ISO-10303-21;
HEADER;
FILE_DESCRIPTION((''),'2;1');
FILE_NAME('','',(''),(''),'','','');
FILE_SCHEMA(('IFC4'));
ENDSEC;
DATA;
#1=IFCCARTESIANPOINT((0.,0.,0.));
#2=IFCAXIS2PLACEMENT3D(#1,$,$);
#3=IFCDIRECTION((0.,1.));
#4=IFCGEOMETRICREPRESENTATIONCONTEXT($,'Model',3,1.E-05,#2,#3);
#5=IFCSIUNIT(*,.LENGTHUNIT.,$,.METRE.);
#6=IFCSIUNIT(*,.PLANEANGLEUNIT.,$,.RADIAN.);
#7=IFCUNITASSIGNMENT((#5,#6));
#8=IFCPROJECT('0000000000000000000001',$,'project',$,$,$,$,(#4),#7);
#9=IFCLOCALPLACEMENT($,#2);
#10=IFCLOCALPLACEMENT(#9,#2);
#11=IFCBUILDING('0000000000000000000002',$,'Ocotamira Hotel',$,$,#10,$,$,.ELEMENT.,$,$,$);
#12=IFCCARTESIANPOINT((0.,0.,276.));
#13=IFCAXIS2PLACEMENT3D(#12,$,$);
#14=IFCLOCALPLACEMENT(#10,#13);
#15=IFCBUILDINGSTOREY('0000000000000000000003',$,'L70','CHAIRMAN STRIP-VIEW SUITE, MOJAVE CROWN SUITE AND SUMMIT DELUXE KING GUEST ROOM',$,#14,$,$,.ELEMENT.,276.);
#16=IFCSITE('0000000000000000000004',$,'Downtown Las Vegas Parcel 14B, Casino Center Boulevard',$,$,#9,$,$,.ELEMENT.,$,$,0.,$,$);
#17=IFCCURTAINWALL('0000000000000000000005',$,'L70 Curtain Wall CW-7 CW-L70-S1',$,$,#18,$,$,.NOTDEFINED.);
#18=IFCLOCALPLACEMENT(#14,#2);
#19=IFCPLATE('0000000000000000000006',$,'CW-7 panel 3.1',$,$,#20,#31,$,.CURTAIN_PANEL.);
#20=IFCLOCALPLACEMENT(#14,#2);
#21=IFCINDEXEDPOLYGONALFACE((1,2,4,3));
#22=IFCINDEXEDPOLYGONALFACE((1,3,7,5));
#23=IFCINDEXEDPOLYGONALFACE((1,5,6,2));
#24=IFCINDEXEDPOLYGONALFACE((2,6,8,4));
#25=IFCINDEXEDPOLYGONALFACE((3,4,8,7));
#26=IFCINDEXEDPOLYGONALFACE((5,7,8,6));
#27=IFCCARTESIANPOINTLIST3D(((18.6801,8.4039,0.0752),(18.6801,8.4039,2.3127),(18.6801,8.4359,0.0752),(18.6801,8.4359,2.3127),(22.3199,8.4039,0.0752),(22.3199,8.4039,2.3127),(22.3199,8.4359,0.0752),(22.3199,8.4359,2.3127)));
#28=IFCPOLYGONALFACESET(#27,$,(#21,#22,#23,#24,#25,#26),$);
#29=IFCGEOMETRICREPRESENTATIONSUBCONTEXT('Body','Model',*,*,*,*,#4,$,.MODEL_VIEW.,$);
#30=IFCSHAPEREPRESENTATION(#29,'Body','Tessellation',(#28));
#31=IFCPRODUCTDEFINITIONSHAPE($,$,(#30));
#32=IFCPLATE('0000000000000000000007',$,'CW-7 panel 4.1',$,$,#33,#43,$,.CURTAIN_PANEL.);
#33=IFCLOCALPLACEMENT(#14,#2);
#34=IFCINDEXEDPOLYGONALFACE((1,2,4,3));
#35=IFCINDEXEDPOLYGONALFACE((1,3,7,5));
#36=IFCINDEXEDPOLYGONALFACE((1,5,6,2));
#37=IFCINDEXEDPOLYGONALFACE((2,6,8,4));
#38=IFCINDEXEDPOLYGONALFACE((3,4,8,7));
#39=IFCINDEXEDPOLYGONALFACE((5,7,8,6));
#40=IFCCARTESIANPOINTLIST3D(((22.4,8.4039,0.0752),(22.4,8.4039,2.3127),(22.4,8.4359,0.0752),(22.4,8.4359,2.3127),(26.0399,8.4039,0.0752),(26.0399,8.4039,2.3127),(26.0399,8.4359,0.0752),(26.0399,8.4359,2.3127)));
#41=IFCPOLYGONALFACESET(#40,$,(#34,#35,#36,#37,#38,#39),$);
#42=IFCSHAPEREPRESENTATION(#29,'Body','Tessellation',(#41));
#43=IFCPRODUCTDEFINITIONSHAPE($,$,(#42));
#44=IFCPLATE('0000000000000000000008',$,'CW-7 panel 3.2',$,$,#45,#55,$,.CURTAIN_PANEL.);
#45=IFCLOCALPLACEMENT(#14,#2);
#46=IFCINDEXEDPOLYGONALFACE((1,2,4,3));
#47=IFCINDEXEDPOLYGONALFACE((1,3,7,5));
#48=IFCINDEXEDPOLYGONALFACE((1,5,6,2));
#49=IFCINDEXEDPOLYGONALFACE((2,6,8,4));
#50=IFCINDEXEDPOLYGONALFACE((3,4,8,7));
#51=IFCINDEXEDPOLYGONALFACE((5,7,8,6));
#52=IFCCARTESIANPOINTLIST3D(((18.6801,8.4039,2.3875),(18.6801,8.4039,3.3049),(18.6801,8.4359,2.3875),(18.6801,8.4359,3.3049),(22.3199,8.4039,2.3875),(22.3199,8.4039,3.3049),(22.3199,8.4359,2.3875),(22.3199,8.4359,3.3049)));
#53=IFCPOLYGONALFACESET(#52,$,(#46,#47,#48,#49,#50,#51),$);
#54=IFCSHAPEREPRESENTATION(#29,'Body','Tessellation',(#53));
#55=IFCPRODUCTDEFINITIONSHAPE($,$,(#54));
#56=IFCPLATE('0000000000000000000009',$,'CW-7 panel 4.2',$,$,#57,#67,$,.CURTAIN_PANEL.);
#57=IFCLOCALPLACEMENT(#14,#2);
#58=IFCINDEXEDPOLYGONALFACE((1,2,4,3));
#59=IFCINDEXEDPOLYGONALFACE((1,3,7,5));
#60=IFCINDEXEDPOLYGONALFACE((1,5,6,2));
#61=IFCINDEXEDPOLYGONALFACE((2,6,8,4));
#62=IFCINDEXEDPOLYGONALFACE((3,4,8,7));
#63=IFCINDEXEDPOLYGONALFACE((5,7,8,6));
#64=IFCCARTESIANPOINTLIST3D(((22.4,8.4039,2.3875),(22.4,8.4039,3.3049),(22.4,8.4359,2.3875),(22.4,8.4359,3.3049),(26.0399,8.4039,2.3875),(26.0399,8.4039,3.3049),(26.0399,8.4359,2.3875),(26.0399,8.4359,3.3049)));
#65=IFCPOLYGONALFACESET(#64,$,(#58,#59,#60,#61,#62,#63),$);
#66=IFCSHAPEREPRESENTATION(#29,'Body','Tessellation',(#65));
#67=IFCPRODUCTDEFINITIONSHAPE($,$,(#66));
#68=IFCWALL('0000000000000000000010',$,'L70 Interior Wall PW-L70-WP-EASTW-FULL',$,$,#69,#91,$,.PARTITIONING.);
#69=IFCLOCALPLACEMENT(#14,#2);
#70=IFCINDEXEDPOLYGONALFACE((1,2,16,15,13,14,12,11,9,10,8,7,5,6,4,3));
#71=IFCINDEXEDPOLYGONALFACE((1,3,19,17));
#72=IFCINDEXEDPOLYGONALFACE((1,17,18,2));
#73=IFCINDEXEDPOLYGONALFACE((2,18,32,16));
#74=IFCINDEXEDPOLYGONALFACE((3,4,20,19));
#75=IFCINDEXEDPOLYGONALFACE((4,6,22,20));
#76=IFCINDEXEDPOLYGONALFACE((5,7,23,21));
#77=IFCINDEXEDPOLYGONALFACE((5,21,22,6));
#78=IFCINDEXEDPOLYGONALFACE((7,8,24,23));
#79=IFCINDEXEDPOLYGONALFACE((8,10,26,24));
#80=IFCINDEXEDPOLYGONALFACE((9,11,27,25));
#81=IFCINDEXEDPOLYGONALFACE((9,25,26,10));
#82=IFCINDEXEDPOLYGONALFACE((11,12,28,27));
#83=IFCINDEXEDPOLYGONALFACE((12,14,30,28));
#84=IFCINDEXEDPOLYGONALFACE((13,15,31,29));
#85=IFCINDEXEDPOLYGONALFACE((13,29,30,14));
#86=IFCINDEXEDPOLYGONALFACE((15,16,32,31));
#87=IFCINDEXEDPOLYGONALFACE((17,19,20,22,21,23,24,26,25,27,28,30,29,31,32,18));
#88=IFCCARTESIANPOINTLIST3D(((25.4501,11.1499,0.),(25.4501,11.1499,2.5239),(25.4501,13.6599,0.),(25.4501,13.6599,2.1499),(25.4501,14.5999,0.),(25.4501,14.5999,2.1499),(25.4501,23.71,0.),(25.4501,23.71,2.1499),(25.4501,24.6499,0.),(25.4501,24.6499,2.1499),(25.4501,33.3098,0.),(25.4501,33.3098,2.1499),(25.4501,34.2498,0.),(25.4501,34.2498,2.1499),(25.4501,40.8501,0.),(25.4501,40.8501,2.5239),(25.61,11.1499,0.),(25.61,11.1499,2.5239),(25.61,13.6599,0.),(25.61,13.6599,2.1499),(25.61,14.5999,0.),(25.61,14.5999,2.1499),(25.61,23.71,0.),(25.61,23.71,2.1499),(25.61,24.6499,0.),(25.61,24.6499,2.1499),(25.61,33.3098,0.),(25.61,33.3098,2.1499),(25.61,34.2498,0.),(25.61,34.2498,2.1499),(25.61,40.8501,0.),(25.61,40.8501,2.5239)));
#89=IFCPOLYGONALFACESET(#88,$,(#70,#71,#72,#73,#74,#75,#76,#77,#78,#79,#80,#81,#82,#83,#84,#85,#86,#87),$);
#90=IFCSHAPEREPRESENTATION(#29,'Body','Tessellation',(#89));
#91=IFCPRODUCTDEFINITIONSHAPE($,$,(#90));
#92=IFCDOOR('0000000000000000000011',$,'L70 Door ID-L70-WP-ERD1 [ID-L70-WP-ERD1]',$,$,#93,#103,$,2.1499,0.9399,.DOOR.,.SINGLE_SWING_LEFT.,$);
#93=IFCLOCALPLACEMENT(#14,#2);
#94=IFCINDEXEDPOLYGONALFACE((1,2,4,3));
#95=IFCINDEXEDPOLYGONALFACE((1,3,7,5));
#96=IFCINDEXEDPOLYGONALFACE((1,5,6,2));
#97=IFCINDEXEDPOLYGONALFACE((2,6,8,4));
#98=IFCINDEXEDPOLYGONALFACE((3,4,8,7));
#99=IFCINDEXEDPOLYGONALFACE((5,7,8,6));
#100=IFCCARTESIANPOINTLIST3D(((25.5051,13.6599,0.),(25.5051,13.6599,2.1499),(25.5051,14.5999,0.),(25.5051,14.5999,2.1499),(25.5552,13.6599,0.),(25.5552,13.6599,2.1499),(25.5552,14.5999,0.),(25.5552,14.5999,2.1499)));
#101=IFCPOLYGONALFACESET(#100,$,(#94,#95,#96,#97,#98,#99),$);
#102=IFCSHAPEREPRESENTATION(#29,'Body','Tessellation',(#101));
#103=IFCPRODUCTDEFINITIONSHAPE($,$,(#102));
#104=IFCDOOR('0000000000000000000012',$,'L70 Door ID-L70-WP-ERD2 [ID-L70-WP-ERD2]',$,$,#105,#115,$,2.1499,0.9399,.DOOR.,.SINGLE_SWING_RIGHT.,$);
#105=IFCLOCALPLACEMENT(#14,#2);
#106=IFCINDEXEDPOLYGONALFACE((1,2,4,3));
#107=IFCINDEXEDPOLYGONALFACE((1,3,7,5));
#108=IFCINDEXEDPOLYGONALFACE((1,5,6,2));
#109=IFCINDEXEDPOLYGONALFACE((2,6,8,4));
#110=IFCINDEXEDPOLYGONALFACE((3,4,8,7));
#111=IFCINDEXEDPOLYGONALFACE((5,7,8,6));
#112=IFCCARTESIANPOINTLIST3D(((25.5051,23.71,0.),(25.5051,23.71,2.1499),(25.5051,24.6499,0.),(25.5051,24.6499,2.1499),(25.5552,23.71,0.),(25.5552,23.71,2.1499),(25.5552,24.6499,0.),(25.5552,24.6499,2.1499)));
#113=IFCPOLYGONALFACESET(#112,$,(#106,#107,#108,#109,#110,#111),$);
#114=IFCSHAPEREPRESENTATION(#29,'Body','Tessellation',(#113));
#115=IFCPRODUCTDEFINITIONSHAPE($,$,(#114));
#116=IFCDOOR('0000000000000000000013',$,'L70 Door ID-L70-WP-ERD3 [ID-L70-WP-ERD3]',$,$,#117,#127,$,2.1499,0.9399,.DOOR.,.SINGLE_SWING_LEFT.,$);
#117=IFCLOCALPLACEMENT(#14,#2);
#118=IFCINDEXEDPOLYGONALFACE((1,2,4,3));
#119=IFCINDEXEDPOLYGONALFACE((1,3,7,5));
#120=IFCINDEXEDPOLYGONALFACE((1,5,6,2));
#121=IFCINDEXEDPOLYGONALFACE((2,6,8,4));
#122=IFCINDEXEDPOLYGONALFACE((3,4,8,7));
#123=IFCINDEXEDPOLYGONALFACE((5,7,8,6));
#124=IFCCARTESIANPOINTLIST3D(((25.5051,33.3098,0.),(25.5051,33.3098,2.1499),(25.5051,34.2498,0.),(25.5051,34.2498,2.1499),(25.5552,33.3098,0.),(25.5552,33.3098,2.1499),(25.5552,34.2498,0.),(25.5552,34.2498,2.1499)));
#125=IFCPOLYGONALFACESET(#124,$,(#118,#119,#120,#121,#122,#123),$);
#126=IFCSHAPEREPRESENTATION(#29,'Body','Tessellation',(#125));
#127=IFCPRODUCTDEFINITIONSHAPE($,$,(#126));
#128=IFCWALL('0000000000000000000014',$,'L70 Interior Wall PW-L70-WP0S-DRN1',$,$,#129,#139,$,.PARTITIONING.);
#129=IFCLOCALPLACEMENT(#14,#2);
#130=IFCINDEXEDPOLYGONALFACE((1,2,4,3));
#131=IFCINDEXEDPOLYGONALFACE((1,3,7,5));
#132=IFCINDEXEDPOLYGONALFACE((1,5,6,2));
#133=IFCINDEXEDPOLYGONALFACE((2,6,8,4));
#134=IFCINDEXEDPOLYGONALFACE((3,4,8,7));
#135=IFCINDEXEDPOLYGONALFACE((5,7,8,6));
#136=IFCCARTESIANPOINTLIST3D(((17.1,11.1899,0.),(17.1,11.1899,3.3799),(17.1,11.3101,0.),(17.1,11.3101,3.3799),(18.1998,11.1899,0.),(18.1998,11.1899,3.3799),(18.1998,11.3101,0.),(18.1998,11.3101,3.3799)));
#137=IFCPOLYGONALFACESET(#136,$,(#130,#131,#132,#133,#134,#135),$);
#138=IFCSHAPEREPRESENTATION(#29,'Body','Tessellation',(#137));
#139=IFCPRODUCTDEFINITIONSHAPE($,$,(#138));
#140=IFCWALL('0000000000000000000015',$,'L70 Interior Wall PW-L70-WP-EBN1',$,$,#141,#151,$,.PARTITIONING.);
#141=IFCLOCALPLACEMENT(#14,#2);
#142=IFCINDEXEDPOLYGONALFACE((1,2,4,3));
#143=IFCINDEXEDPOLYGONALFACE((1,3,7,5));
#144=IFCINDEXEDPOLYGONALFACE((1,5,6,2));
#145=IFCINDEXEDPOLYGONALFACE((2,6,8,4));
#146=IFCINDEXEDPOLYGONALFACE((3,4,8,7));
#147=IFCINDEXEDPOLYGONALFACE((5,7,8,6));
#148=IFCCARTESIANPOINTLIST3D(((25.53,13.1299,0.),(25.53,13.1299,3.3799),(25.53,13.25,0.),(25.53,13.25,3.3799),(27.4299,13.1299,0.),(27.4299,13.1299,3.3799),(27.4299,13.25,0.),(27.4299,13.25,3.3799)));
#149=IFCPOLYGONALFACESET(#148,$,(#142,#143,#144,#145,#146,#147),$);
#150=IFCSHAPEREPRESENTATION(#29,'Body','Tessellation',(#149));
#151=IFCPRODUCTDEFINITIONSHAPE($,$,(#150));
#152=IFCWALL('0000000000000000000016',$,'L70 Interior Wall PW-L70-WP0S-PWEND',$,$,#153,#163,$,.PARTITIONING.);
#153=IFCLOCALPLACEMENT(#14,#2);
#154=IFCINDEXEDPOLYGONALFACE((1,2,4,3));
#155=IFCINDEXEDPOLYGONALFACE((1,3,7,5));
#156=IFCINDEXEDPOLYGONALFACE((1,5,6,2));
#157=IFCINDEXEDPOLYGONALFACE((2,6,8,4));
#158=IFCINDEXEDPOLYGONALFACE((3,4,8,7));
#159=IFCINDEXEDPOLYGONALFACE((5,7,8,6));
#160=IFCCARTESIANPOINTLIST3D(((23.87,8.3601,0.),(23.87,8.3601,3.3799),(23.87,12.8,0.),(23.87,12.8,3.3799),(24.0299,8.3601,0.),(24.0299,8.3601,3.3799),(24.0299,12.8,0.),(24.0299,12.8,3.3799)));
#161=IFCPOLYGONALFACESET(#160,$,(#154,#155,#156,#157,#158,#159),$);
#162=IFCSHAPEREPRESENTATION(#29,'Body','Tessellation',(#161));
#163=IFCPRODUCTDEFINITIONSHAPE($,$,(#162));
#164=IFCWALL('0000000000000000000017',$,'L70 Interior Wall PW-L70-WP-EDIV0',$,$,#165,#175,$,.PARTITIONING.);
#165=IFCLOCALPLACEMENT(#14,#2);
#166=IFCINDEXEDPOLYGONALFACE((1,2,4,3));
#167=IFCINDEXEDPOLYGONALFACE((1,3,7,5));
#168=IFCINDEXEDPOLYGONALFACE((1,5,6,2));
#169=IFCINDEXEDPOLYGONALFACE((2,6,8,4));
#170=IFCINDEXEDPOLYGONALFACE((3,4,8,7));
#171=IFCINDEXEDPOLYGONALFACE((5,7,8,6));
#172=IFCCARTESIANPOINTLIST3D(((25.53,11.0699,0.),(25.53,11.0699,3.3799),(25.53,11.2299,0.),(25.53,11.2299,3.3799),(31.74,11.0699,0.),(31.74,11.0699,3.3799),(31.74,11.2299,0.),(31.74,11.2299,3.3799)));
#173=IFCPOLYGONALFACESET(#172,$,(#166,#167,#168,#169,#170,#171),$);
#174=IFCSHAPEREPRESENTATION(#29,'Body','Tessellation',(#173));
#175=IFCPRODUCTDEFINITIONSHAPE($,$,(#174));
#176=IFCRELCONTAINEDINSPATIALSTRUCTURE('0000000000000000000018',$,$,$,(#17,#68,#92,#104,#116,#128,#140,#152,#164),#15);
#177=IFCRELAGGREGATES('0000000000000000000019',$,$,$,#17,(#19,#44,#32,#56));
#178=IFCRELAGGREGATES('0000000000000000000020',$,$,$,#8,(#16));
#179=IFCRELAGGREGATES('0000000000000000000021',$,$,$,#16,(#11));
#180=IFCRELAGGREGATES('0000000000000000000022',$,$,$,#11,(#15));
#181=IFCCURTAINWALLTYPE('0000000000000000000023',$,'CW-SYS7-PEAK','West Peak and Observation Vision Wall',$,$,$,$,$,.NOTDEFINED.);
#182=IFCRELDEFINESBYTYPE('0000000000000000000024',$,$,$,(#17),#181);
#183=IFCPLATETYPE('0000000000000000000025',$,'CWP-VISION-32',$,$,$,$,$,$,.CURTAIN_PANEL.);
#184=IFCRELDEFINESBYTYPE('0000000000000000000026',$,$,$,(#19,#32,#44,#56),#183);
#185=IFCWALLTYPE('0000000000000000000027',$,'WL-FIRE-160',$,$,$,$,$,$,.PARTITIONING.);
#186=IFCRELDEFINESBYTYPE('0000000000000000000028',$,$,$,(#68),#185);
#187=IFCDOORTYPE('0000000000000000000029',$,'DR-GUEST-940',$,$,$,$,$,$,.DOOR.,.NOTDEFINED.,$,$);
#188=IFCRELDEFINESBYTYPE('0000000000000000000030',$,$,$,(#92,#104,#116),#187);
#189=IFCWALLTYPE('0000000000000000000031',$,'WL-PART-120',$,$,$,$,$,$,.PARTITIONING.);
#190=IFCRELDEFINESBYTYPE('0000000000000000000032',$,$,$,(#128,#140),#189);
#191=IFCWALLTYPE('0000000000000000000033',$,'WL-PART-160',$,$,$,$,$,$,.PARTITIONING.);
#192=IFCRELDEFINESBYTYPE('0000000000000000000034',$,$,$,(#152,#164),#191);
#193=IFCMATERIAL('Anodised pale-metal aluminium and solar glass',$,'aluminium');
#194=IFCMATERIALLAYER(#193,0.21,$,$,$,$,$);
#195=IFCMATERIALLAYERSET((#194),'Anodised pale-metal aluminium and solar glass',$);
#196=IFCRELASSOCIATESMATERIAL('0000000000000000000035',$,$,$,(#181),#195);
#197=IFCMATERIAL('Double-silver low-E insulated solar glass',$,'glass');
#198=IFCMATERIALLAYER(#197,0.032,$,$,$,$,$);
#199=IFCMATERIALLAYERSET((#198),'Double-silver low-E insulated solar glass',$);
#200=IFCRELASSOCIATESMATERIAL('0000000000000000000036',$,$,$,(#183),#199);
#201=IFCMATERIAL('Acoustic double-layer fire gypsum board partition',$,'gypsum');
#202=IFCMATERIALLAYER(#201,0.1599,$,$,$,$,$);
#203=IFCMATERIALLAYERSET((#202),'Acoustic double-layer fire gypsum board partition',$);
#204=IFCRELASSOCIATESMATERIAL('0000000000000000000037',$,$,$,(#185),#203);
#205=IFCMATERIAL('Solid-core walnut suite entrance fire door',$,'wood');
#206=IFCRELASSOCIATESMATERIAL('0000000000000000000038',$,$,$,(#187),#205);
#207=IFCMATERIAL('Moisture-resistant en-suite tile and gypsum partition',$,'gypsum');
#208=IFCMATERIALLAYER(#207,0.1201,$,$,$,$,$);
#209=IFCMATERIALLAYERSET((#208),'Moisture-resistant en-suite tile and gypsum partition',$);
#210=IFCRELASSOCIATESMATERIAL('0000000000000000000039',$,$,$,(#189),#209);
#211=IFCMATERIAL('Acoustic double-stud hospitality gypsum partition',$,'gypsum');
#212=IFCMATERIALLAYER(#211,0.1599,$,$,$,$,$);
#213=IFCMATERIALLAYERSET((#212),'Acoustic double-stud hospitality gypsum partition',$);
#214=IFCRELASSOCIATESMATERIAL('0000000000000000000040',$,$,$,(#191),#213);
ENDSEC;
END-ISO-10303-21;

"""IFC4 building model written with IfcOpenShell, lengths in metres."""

from ifc_helpers import new_model, si_unit, direction, frame, frame_2d, origin, origin_2d, place, context, subcontext, project, spatial, rectangle, extrude, source, transform, mapped, material, layer, layer_set, type_object, element, fill, aggregate, save


model = new_model("IFC4")

# Units and contexts
model_context = context("Model", 3, precision=1e-05, world=origin(), true_north=direction((0.0, 1.0)))
body_context = subcontext(model_context, "Body", "Model", "MODEL_VIEW")
ifc_project = project(units=[si_unit("LENGTHUNIT", "METRE"), si_unit("PLANEANGLEUNIT", "RADIAN")], contexts=[model_context])

# Site, building, storey
site_placement = place(None, origin())
site = spatial("IfcSite", under=ifc_project, at=site_placement, Name="Downtown Las Vegas Parcel 14B, Casino Center Boulevard", CompositionType="ELEMENT", RefElevation=0.0)
building_placement = place(site_placement, origin())
building = spatial("IfcBuilding", under=site, at=building_placement, Name="Ocotamira Hotel", CompositionType="ELEMENT")
storey_placement = place(building_placement, frame((0.0, 0.0, 276.0)))
storey = spatial("IfcBuildingStorey", under=building, at=storey_placement, Name="L70", Description="CHAIRMAN STRIP-VIEW SUITE, MOJAVE CROWN SUITE AND SUMMIT DELUXE KING GUEST ROOM", CompositionType="ELEMENT", Elevation=276.0)

# Curtain wall, plates
ifc_material_1 = material(Name="Anodised pale-metal aluminium and solar glass", Category="aluminium")
ifc_layer_1 = layer(ifc_material_1, 0.21)
ifc_layer_set_1 = layer_set([ifc_layer_1], Name="Anodised pale-metal aluminium and solar glass")
curtain_wall_type = type_object("IfcCurtainWallType", Name="CW-SYS7-PEAK", Description="West Peak and Observation Vision Wall", PredefinedType="NOTDEFINED", material=ifc_layer_set_1)
curtain_wall_placement = place(storey_placement, origin())
curtain_wall = element("IfcCurtainWall", 1, at=curtain_wall_placement, inside=storey, type_object=curtain_wall_type, Name="L70 Curtain Wall CW-7 CW-L70-S1", PredefinedType="NOTDEFINED")
ifc_material_2 = material(Name="Double-silver low-E insulated solar glass", Category="glass")
ifc_layer_2 = layer(ifc_material_2, 0.032)
ifc_layer_set_2 = layer_set([ifc_layer_2], Name="Double-silver low-E insulated solar glass")
plate_type = type_object("IfcPlateType", Name="CWP-VISION-32", PredefinedType="CURTAIN_PANEL", material=ifc_layer_set_2)
shared_shape_1 = source(origin(), body_context, "Body", "SweptSolid", [
    extrude(rectangle(XDim=3.6399, YDim=0.032, at=origin_2d()), origin(), (0.0, 0.0, 1.0), 2.2375),
])
plate_1_placement = place(storey_placement, frame((20.5, 8.4199, 0.0752), z_axis=(0.0, 0.0, 1.0), x_axis=(1.0, 0.0, 0.0)))
plate_1 = element("IfcPlate", 2, at=plate_1_placement, type_object=plate_type, Name="CW-7 panel 3.1", PredefinedType="CURTAIN_PANEL", context=body_context, shape_type="MappedRepresentation", body=[
    mapped(shared_shape_1, transform((0.0, 0.0, 0.0), scale=1.0)),
])
plate_2_placement = place(storey_placement, frame((24.22, 8.4199, 0.0752), z_axis=(0.0, 0.0, 1.0), x_axis=(1.0, 0.0, 0.0)))
plate_2 = element("IfcPlate", 3, at=plate_2_placement, type_object=plate_type, Name="CW-7 panel 4.1", PredefinedType="CURTAIN_PANEL", context=body_context, shape_type="MappedRepresentation", body=[
    mapped(shared_shape_1, transform((0.0, 0.0, 0.0), scale=1.0)),
])
shared_shape_2 = source(origin(), body_context, "Body", "SweptSolid", [
    extrude(rectangle(XDim=3.6399, YDim=0.032, at=origin_2d()), origin(), (0.0, 0.0, 1.0), 0.9175),
])
plate_3_placement = place(storey_placement, frame((20.5, 8.4199, 2.3875), z_axis=(0.0, 0.0, 1.0), x_axis=(1.0, 0.0, 0.0)))
plate_3 = element("IfcPlate", 4, at=plate_3_placement, type_object=plate_type, Name="CW-7 panel 3.2", PredefinedType="CURTAIN_PANEL", context=body_context, shape_type="MappedRepresentation", body=[
    mapped(shared_shape_2, transform((0.0, 0.0, 0.0), scale=1.0)),
])
plate_4_placement = place(storey_placement, frame((24.22, 8.4199, 2.3875), z_axis=(0.0, 0.0, 1.0), x_axis=(1.0, 0.0, 0.0)))
plate_4 = element("IfcPlate", 5, at=plate_4_placement, type_object=plate_type, Name="CW-7 panel 4.2", PredefinedType="CURTAIN_PANEL", context=body_context, shape_type="MappedRepresentation", body=[
    mapped(shared_shape_2, transform((0.0, 0.0, 0.0), scale=1.0)),
])
aggregate(curtain_wall, [plate_1, plate_3, plate_2, plate_4])

# Wall, openings, doors
ifc_material_3 = material(Name="Acoustic double-layer fire gypsum board partition", Category="gypsum")
ifc_layer_3 = layer(ifc_material_3, 0.1599)
ifc_layer_set_3 = layer_set([ifc_layer_3], Name="Acoustic double-layer fire gypsum board partition")
wall_type_1 = type_object("IfcWallType", Name="WL-FIRE-160", PredefinedType="PARTITIONING", material=ifc_layer_set_3)
wall_1_placement = place(storey_placement, frame((25.53, 11.1499, 0.0), z_axis=(0.0, 0.0, 1.0), x_axis=(0.0, 1.0, 0.0)))
wall_1 = element("IfcWall", 6, at=wall_1_placement, inside=storey, type_object=wall_type_1, Name="L70 Interior Wall PW-L70-WP-EASTW-FULL", PredefinedType="PARTITIONING", context=body_context, shape_type="SweptSolid", body=[
    extrude(rectangle(XDim=29.7002, YDim=0.1599, at=frame_2d((14.8501, 0.0))), origin(), (0.0, 0.0, 1.0), 2.5239),
])
opening_1_placement = place(wall_1_placement, frame((2.51, 0.0, 0.0)))
opening_1 = element("IfcOpeningElement", 7, at=opening_1_placement, cuts=wall_1, PredefinedType="OPENING", context=body_context, shape_type="SweptSolid", body=[
    extrude(rectangle(XDim=0.9399, YDim=2.1499, at=frame_2d((0.47, 1.075))), frame((0.0, 0.0898, 0.0), z_axis=(0.0, -1.0, 0.0), x_axis=(1.0, 0.0, 0.0)), (0.0, 0.0, 1.0), 0.1799),
])
opening_2_placement = place(wall_1_placement, frame((12.5601, 0.0, 0.0)))
opening_2 = element("IfcOpeningElement", 8, at=opening_2_placement, cuts=wall_1, PredefinedType="OPENING", context=body_context, shape_type="SweptSolid", body=[
    extrude(rectangle(XDim=0.9399, YDim=2.1499, at=frame_2d((0.47, 1.075))), frame((0.0, 0.0898, 0.0), z_axis=(0.0, -1.0, 0.0), x_axis=(1.0, 0.0, 0.0)), (0.0, 0.0, 1.0), 0.1799),
])
opening_3_placement = place(wall_1_placement, frame((22.1599, 0.0, 0.0)))
opening_3 = element("IfcOpeningElement", 9, at=opening_3_placement, cuts=wall_1, PredefinedType="OPENING", context=body_context, shape_type="SweptSolid", body=[
    extrude(rectangle(XDim=0.9399, YDim=2.1499, at=frame_2d((0.47, 1.075))), frame((0.0, 0.0898, 0.0), z_axis=(0.0, -1.0, 0.0), x_axis=(1.0, 0.0, 0.0)), (0.0, 0.0, 1.0), 0.1799),
])
ifc_material_4 = material(Name="Solid-core walnut suite entrance fire door", Category="wood")
door_type = type_object("IfcDoorType", Name="DR-GUEST-940", OperationType="NOTDEFINED", PredefinedType="DOOR", material=ifc_material_4)
shared_shape_3 = source(origin(), body_context, "Body", "SweptSolid", [
    extrude(rectangle(XDim=0.9399, YDim=2.1499, at=frame_2d((0.47, 1.075))), frame((0.0, 0.0249, 0.0), z_axis=(0.0, -1.0, 0.0), x_axis=(1.0, 0.0, 0.0)), (0.0, 0.0, 1.0), 0.05),
])
door_1_placement = place(opening_1_placement, origin())
door_1 = element("IfcDoor", 10, at=door_1_placement, inside=storey, type_object=door_type, Name="L70 Door ID-L70-WP-ERD1 [ID-L70-WP-ERD1]", OperationType="SINGLE_SWING_LEFT", OverallHeight=2.1499, OverallWidth=0.9399, PredefinedType="DOOR", context=body_context, shape_type="MappedRepresentation", body=[
    mapped(shared_shape_3, transform((0.0, 0.0, 0.0), scale=1.0)),
])
fill(opening_1, door_1)
door_2_placement = place(opening_2_placement, origin())
door_2 = element("IfcDoor", 11, at=door_2_placement, inside=storey, type_object=door_type, Name="L70 Door ID-L70-WP-ERD2 [ID-L70-WP-ERD2]", OperationType="SINGLE_SWING_RIGHT", OverallHeight=2.1499, OverallWidth=0.9399, PredefinedType="DOOR", context=body_context, shape_type="MappedRepresentation", body=[
    mapped(shared_shape_3, transform((0.0, 0.0, 0.0), scale=1.0)),
])
fill(opening_2, door_2)
door_3_placement = place(opening_3_placement, origin())
door_3 = element("IfcDoor", 12, at=door_3_placement, inside=storey, type_object=door_type, Name="L70 Door ID-L70-WP-ERD3 [ID-L70-WP-ERD3]", OperationType="SINGLE_SWING_LEFT", OverallHeight=2.1499, OverallWidth=0.9399, PredefinedType="DOOR", context=body_context, shape_type="MappedRepresentation", body=[
    mapped(shared_shape_3, transform((0.0, 0.0, 0.0), scale=1.0)),
])
fill(opening_3, door_3)

# Walls
ifc_material_5 = material(Name="Moisture-resistant en-suite tile and gypsum partition", Category="gypsum")
ifc_layer_4 = layer(ifc_material_5, 0.1201)
ifc_layer_set_4 = layer_set([ifc_layer_4], Name="Moisture-resistant en-suite tile and gypsum partition")
wall_type_2 = type_object("IfcWallType", Name="WL-PART-120", PredefinedType="PARTITIONING", material=ifc_layer_set_4)
wall_2_placement = place(storey_placement, frame((17.1001, 11.25, 0.0), z_axis=(0.0, 0.0, 1.0), x_axis=(1.0, 0.0, 0.0)))
element("IfcWall", 13, at=wall_2_placement, inside=storey, type_object=wall_type_2, Name="L70 Interior Wall PW-L70-WP0S-DRN1", PredefinedType="PARTITIONING", context=body_context, shape_type="SweptSolid", body=[
    extrude(rectangle(XDim=1.0999, YDim=0.1201, at=frame_2d((0.5498, 0.0))), origin(), (0.0, 0.0, 1.0), 3.3799),
])
wall_3_placement = place(storey_placement, frame((25.53, 13.1899, 0.0), z_axis=(0.0, 0.0, 1.0), x_axis=(1.0, 0.0, 0.0)))
element("IfcWall", 14, at=wall_3_placement, inside=storey, type_object=wall_type_2, Name="L70 Interior Wall PW-L70-WP-EBN1", PredefinedType="PARTITIONING", context=body_context, shape_type="SweptSolid", body=[
    extrude(rectangle(XDim=1.8999, YDim=0.1201, at=frame_2d((0.95, 0.0))), origin(), (0.0, 0.0, 1.0), 3.3799),
])
ifc_material_6 = material(Name="Acoustic double-stud hospitality gypsum partition", Category="gypsum")
ifc_layer_5 = layer(ifc_material_6, 0.1599)
ifc_layer_set_5 = layer_set([ifc_layer_5], Name="Acoustic double-stud hospitality gypsum partition")
wall_type_3 = type_object("IfcWallType", Name="WL-PART-160", PredefinedType="PARTITIONING", material=ifc_layer_set_5)
wall_4_placement = place(storey_placement, frame((23.95, 8.3601, 0.0), z_axis=(0.0, 0.0, 1.0), x_axis=(0.0, 1.0, 0.0)))
element("IfcWall", 15, at=wall_4_placement, inside=storey, type_object=wall_type_3, Name="L70 Interior Wall PW-L70-WP0S-PWEND", PredefinedType="PARTITIONING", context=body_context, shape_type="SweptSolid", body=[
    extrude(rectangle(XDim=4.4399, YDim=0.1599, at=frame_2d((2.22, 0.0))), origin(), (0.0, 0.0, 1.0), 3.3799),
])
wall_5_placement = place(storey_placement, frame((25.53, 11.1499, 0.0), z_axis=(0.0, 0.0, 1.0), x_axis=(1.0, 0.0, 0.0)))
element("IfcWall", 16, at=wall_5_placement, inside=storey, type_object=wall_type_3, Name="L70 Interior Wall PW-L70-WP-EDIV0", PredefinedType="PARTITIONING", context=body_context, shape_type="SweptSolid", body=[
    extrude(rectangle(XDim=6.21, YDim=0.1599, at=frame_2d((3.105, 0.0))), origin(), (0.0, 0.0, 1.0), 3.3799),
])

save(model, "model.ifc")
